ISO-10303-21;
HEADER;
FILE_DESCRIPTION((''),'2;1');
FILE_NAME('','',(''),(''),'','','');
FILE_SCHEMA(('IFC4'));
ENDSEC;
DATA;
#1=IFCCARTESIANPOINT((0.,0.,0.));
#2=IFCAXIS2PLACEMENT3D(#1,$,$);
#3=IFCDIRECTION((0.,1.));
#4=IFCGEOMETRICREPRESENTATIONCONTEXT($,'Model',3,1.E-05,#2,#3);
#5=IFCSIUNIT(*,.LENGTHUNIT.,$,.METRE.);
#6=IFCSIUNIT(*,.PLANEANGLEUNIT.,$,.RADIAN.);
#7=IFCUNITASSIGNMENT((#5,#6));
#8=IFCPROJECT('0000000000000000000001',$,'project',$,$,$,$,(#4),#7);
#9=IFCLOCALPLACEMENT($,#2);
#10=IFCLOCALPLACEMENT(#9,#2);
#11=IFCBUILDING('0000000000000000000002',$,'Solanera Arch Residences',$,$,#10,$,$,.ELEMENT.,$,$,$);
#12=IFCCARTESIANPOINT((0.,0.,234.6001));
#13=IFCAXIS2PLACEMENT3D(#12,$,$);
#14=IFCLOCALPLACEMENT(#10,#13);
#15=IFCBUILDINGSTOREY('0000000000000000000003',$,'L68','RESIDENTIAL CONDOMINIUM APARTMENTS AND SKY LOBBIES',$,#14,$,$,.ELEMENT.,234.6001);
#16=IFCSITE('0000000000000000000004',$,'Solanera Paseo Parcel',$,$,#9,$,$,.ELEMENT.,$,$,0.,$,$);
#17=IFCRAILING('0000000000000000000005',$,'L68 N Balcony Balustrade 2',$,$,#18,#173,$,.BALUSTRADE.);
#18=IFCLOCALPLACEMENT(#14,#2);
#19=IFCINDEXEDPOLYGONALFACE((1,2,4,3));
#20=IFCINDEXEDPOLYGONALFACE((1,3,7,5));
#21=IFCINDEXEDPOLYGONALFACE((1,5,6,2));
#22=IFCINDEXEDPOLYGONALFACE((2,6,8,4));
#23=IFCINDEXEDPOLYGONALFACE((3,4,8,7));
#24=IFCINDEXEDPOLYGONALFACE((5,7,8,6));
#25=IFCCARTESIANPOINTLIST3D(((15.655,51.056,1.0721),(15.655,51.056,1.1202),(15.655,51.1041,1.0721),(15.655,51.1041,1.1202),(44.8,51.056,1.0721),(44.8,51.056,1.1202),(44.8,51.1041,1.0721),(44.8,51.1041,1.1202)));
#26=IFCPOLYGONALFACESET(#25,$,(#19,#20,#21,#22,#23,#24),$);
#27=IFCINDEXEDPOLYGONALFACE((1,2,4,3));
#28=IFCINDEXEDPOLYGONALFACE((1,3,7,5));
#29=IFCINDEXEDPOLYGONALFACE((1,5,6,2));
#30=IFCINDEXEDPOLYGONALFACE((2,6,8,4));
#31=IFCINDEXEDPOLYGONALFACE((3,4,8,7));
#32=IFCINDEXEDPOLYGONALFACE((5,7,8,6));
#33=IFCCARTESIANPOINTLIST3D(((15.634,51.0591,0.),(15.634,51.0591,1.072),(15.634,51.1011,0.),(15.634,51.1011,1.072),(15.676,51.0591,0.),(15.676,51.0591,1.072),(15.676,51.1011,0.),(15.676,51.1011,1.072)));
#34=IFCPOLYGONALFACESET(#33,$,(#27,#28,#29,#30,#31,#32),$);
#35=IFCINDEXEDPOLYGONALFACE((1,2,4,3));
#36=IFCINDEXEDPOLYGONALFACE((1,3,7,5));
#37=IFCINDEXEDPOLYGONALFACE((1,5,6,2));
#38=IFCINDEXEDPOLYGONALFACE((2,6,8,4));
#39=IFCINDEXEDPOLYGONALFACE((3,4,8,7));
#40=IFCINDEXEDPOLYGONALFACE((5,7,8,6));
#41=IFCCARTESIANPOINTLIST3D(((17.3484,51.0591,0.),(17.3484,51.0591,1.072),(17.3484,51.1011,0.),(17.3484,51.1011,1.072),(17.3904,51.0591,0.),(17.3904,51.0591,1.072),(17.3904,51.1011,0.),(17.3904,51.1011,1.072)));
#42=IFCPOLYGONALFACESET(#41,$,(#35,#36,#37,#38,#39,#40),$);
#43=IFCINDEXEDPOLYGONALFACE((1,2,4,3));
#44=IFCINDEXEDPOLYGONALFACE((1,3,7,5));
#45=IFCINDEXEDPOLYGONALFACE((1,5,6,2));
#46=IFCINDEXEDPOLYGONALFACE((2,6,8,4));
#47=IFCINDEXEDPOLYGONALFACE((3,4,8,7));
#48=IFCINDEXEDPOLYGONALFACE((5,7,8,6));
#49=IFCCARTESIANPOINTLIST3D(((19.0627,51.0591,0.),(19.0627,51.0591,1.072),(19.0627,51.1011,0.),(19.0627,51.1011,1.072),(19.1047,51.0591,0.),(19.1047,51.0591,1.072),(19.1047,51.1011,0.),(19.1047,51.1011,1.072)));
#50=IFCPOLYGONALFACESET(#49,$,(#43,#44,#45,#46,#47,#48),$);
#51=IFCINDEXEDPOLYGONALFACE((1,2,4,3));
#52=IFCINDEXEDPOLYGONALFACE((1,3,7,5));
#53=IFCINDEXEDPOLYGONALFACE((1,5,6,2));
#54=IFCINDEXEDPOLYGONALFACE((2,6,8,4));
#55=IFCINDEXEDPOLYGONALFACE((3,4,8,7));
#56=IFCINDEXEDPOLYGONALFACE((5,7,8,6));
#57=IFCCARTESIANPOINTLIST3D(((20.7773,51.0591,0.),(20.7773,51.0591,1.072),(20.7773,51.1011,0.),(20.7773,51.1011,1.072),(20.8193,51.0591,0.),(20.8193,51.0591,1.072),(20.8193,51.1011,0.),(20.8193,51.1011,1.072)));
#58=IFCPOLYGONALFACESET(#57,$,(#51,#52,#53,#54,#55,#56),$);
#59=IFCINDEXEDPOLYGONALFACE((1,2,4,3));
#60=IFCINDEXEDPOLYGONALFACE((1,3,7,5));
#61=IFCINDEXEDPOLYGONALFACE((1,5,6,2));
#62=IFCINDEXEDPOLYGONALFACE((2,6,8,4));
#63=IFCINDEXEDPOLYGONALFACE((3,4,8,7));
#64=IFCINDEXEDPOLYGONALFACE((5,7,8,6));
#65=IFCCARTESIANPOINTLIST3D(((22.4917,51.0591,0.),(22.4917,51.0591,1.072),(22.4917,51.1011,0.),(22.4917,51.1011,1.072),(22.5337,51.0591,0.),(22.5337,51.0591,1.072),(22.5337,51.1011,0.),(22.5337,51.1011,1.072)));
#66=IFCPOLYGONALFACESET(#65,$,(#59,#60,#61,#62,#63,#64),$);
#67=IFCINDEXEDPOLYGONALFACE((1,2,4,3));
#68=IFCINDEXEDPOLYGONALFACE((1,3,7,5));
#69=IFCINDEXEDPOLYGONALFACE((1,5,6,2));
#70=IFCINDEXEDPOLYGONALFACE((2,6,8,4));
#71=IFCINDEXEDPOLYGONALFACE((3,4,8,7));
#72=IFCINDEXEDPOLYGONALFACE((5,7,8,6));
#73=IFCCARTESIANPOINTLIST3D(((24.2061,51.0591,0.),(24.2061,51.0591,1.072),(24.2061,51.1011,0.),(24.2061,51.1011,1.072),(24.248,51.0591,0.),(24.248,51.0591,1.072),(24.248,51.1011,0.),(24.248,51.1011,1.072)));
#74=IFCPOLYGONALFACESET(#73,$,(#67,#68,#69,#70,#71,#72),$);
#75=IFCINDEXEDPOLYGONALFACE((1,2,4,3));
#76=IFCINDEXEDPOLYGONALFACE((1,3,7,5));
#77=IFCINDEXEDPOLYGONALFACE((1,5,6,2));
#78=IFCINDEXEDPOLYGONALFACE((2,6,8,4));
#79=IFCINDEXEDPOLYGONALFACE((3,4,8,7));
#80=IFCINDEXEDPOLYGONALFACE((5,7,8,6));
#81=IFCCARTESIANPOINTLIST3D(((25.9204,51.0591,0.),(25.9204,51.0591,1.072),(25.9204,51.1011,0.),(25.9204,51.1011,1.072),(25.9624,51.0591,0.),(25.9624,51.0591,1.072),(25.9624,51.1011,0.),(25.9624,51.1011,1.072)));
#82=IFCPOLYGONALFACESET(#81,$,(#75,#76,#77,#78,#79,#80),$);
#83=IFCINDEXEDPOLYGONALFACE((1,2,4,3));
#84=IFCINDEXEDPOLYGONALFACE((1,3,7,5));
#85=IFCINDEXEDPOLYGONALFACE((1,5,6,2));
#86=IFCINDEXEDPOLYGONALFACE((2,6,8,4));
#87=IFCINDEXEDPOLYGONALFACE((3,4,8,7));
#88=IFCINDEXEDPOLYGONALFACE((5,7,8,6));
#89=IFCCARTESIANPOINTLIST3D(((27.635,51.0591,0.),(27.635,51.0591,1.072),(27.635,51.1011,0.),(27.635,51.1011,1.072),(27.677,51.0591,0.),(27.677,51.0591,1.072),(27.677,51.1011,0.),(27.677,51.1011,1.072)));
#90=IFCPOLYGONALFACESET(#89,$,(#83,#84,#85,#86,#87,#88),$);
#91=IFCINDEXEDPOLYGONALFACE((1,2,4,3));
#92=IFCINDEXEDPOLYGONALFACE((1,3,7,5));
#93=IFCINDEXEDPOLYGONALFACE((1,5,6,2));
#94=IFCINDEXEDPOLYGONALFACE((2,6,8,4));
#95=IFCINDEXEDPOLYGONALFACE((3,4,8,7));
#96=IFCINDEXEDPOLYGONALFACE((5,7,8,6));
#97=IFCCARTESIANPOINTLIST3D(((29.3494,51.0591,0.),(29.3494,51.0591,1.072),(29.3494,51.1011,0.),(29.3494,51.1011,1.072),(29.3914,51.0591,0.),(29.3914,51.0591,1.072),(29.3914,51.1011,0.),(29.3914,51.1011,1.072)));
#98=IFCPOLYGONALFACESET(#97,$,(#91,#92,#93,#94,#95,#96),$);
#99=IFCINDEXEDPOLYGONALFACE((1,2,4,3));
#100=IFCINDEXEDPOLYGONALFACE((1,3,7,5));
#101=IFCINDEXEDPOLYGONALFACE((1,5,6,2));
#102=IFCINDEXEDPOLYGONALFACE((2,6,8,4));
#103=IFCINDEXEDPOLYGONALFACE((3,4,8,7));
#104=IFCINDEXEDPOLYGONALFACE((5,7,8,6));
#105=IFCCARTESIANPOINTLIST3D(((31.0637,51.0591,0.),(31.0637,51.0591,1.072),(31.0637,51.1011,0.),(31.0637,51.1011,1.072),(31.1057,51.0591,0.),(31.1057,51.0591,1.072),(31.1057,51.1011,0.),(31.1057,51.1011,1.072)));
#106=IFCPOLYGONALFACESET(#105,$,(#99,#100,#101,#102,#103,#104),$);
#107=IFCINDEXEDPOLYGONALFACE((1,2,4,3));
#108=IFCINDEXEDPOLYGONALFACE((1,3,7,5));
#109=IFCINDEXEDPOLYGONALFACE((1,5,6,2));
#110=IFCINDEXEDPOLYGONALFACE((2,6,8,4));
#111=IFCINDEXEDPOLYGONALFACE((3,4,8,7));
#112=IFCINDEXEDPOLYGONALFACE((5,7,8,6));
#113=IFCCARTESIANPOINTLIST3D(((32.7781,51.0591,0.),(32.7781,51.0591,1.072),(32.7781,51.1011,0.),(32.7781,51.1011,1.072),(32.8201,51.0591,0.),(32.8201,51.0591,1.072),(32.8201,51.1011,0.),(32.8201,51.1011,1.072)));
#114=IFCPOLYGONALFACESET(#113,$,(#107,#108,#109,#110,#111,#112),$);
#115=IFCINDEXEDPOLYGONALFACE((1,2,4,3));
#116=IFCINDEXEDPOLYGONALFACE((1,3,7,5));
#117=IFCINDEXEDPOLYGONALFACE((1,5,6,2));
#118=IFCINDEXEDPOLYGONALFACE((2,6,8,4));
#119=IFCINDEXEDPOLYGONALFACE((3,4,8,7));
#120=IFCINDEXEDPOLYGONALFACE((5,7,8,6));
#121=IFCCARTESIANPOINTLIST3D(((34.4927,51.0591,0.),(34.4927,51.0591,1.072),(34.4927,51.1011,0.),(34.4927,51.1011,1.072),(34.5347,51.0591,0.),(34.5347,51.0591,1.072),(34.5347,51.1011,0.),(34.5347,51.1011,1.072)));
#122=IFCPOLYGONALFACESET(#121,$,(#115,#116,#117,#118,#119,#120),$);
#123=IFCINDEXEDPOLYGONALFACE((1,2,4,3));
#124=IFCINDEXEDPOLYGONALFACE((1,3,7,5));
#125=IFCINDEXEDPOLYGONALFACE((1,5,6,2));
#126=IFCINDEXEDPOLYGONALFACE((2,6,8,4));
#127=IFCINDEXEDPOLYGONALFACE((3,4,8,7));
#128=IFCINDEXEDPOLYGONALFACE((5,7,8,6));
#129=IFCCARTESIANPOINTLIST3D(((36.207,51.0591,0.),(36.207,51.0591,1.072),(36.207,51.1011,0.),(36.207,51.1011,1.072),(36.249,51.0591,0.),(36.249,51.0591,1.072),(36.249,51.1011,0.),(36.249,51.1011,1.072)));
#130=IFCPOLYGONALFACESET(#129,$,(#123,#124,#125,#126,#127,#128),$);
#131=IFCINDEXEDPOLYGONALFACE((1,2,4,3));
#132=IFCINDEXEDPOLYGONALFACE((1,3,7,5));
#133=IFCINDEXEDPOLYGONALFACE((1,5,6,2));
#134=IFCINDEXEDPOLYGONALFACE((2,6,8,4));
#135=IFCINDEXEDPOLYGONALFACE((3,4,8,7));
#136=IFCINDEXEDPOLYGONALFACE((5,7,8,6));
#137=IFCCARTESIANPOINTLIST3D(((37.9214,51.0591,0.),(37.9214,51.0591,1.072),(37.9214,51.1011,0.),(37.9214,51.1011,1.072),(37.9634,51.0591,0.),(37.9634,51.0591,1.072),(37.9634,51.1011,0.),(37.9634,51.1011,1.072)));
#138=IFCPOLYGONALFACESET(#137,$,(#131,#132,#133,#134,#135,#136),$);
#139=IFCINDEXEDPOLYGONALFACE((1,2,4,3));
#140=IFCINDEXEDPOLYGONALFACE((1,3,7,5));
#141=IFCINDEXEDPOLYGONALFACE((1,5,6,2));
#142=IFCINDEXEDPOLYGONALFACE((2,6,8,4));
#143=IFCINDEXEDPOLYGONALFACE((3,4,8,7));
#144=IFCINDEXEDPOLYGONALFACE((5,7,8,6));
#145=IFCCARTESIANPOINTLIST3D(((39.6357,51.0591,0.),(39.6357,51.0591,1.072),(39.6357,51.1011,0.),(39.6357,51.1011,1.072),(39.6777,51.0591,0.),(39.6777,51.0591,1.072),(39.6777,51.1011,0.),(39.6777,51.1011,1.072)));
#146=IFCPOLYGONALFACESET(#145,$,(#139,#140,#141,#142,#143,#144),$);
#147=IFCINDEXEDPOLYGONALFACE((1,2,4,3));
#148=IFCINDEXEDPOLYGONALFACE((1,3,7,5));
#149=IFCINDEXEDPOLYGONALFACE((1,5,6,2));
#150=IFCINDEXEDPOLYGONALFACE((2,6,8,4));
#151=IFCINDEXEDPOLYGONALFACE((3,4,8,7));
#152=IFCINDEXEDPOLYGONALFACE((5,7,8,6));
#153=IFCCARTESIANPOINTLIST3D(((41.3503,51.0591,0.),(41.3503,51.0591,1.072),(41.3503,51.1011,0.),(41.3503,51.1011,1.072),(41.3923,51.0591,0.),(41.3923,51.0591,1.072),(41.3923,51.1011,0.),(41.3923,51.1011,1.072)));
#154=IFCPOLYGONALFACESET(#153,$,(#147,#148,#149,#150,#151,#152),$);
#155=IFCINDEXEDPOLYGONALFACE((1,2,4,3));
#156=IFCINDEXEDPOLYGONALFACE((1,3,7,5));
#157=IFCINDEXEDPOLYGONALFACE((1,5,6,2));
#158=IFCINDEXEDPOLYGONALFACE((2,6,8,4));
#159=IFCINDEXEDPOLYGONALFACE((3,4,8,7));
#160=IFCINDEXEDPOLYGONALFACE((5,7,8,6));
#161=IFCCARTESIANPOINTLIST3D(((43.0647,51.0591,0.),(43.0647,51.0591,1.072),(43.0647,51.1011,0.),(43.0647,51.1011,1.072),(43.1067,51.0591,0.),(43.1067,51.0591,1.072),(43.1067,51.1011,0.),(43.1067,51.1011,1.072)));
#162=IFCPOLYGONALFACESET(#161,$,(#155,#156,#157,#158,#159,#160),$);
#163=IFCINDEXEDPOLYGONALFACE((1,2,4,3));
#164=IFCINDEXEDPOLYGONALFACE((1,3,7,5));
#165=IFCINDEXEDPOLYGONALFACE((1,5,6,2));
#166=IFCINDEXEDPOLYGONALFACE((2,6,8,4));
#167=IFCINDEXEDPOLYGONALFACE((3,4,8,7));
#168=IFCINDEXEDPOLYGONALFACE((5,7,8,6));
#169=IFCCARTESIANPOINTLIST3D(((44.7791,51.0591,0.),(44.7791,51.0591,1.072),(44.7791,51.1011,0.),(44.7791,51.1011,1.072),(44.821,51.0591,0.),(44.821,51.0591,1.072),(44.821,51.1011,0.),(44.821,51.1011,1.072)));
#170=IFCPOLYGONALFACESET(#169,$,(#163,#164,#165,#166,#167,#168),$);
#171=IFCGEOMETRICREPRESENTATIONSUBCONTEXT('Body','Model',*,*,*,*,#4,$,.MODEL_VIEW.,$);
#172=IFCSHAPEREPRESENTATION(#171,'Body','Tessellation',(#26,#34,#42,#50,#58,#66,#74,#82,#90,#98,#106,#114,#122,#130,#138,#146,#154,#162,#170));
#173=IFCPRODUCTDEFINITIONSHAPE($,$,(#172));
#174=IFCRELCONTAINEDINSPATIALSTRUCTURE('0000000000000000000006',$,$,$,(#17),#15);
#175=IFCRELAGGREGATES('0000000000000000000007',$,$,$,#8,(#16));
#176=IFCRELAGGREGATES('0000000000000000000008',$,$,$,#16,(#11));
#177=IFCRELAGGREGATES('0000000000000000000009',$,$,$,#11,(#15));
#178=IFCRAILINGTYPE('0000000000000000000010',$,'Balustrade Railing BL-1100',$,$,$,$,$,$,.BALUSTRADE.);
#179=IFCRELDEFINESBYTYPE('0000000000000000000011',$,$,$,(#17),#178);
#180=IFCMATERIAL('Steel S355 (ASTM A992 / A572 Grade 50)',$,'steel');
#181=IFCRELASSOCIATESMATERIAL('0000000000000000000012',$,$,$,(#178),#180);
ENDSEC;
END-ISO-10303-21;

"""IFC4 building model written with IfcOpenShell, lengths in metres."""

from ifc_helpers import new_model, si_unit, direction, frame, origin, origin_2d, place, context, subcontext, project, spatial, rectangle, extrude, material, type_object, element, save


model = new_model("IFC4")

# Units and contexts
model_context = context("Model", 3, precision=1e-05, world=origin(), true_north=direction((0.0, 1.0)))
body_context = subcontext(model_context, "Body", "Model", "MODEL_VIEW")
ifc_project = project(units=[si_unit("LENGTHUNIT", "METRE"), si_unit("PLANEANGLEUNIT", "RADIAN")], contexts=[model_context])

# Site, building, storey
site_placement = place(None, origin())
site = spatial("IfcSite", under=ifc_project, at=site_placement, Name="Solanera Paseo Parcel", CompositionType="ELEMENT", RefElevation=0.0)
building_placement = place(site_placement, origin())
building = spatial("IfcBuilding", under=site, at=building_placement, Name="Solanera Arch Residences", CompositionType="ELEMENT")
storey_placement = place(building_placement, frame((0.0, 0.0, 234.6001)))
storey = spatial("IfcBuildingStorey", under=building, at=storey_placement, Name="L68", Description="RESIDENTIAL CONDOMINIUM APARTMENTS AND SKY LOBBIES", CompositionType="ELEMENT", Elevation=234.6001)

# Railing
ifc_material_1 = material(Name="Steel S355 (ASTM A992 / A572 Grade 50)", Category="steel")
railing_type = type_object("IfcRailingType", Name="Balustrade Railing BL-1100", PredefinedType="BALUSTRADE", material=ifc_material_1)
railing_placement = place(storey_placement, frame((15.655, 51.0801, 0.0)))
element("IfcRailing", 1, at=railing_placement, inside=storey, type_object=railing_type, Name="L68 N Balcony Balustrade 2", PredefinedType="BALUSTRADE", context=body_context, shape_type="SweptSolid", body=[
    extrude(rectangle(XDim=0.0481, YDim=0.0481, at=origin_2d()), frame((0.0, 0.0, 1.0962), z_axis=(1.0, 0.0, 0.0), x_axis=(0.0, 1.0, 0.0)), (0.0, 0.0, 1.0), 29.145),
    extrude(rectangle(XDim=0.042, YDim=0.042, at=origin_2d()), origin(), (0.0, 0.0, 1.0), 1.072),
    extrude(rectangle(XDim=0.042, YDim=0.042, at=origin_2d()), frame((1.7144, 0.0, 0.0)), (0.0, 0.0, 1.0), 1.072),
    extrude(rectangle(XDim=0.042, YDim=0.042, at=origin_2d()), frame((3.4287, 0.0, 0.0)), (0.0, 0.0, 1.0), 1.072),
    extrude(rectangle(XDim=0.042, YDim=0.042, at=origin_2d()), frame((5.1433, 0.0, 0.0)), (0.0, 0.0, 1.0), 1.072),
    extrude(rectangle(XDim=0.042, YDim=0.042, at=origin_2d()), frame((6.8577, 0.0, 0.0)), (0.0, 0.0, 1.0), 1.072),
    extrude(rectangle(XDim=0.042, YDim=0.042, at=origin_2d()), frame((8.572, 0.0, 0.0)), (0.0, 0.0, 1.0), 1.072),
    extrude(rectangle(XDim=0.042, YDim=0.042, at=origin_2d()), frame((10.2864, 0.0, 0.0)), (0.0, 0.0, 1.0), 1.072),
    extrude(rectangle(XDim=0.042, YDim=0.042, at=origin_2d()), frame((12.001, 0.0, 0.0)), (0.0, 0.0, 1.0), 1.072),
    extrude(rectangle(XDim=0.042, YDim=0.042, at=origin_2d()), frame((13.7153, 0.0, 0.0)), (0.0, 0.0, 1.0), 1.072),
    extrude(rectangle(XDim=0.042, YDim=0.042, at=origin_2d()), frame((15.4297, 0.0, 0.0)), (0.0, 0.0, 1.0), 1.072),
    extrude(rectangle(XDim=0.042, YDim=0.042, at=origin_2d()), frame((17.144, 0.0, 0.0)), (0.0, 0.0, 1.0), 1.072),
    extrude(rectangle(XDim=0.042, YDim=0.042, at=origin_2d()), frame((18.8586, 0.0, 0.0)), (0.0, 0.0, 1.0), 1.072),
    extrude(rectangle(XDim=0.042, YDim=0.042, at=origin_2d()), frame((20.573, 0.0, 0.0)), (0.0, 0.0, 1.0), 1.072),
    extrude(rectangle(XDim=0.042, YDim=0.042, at=origin_2d()), frame((22.2874, 0.0, 0.0)), (0.0, 0.0, 1.0), 1.072),
    extrude(rectangle(XDim=0.042, YDim=0.042, at=origin_2d()), frame((24.0017, 0.0, 0.0)), (0.0, 0.0, 1.0), 1.072),
    extrude(rectangle(XDim=0.042, YDim=0.042, at=origin_2d()), frame((25.7163, 0.0, 0.0)), (0.0, 0.0, 1.0), 1.072),
    extrude(rectangle(XDim=0.042, YDim=0.042, at=origin_2d()), frame((27.4307, 0.0, 0.0)), (0.0, 0.0, 1.0), 1.072),
    extrude(rectangle(XDim=0.042, YDim=0.042, at=origin_2d()), frame((29.145, 0.0, 0.0)), (0.0, 0.0, 1.0), 1.072),
])

save(model, "model.ifc")
